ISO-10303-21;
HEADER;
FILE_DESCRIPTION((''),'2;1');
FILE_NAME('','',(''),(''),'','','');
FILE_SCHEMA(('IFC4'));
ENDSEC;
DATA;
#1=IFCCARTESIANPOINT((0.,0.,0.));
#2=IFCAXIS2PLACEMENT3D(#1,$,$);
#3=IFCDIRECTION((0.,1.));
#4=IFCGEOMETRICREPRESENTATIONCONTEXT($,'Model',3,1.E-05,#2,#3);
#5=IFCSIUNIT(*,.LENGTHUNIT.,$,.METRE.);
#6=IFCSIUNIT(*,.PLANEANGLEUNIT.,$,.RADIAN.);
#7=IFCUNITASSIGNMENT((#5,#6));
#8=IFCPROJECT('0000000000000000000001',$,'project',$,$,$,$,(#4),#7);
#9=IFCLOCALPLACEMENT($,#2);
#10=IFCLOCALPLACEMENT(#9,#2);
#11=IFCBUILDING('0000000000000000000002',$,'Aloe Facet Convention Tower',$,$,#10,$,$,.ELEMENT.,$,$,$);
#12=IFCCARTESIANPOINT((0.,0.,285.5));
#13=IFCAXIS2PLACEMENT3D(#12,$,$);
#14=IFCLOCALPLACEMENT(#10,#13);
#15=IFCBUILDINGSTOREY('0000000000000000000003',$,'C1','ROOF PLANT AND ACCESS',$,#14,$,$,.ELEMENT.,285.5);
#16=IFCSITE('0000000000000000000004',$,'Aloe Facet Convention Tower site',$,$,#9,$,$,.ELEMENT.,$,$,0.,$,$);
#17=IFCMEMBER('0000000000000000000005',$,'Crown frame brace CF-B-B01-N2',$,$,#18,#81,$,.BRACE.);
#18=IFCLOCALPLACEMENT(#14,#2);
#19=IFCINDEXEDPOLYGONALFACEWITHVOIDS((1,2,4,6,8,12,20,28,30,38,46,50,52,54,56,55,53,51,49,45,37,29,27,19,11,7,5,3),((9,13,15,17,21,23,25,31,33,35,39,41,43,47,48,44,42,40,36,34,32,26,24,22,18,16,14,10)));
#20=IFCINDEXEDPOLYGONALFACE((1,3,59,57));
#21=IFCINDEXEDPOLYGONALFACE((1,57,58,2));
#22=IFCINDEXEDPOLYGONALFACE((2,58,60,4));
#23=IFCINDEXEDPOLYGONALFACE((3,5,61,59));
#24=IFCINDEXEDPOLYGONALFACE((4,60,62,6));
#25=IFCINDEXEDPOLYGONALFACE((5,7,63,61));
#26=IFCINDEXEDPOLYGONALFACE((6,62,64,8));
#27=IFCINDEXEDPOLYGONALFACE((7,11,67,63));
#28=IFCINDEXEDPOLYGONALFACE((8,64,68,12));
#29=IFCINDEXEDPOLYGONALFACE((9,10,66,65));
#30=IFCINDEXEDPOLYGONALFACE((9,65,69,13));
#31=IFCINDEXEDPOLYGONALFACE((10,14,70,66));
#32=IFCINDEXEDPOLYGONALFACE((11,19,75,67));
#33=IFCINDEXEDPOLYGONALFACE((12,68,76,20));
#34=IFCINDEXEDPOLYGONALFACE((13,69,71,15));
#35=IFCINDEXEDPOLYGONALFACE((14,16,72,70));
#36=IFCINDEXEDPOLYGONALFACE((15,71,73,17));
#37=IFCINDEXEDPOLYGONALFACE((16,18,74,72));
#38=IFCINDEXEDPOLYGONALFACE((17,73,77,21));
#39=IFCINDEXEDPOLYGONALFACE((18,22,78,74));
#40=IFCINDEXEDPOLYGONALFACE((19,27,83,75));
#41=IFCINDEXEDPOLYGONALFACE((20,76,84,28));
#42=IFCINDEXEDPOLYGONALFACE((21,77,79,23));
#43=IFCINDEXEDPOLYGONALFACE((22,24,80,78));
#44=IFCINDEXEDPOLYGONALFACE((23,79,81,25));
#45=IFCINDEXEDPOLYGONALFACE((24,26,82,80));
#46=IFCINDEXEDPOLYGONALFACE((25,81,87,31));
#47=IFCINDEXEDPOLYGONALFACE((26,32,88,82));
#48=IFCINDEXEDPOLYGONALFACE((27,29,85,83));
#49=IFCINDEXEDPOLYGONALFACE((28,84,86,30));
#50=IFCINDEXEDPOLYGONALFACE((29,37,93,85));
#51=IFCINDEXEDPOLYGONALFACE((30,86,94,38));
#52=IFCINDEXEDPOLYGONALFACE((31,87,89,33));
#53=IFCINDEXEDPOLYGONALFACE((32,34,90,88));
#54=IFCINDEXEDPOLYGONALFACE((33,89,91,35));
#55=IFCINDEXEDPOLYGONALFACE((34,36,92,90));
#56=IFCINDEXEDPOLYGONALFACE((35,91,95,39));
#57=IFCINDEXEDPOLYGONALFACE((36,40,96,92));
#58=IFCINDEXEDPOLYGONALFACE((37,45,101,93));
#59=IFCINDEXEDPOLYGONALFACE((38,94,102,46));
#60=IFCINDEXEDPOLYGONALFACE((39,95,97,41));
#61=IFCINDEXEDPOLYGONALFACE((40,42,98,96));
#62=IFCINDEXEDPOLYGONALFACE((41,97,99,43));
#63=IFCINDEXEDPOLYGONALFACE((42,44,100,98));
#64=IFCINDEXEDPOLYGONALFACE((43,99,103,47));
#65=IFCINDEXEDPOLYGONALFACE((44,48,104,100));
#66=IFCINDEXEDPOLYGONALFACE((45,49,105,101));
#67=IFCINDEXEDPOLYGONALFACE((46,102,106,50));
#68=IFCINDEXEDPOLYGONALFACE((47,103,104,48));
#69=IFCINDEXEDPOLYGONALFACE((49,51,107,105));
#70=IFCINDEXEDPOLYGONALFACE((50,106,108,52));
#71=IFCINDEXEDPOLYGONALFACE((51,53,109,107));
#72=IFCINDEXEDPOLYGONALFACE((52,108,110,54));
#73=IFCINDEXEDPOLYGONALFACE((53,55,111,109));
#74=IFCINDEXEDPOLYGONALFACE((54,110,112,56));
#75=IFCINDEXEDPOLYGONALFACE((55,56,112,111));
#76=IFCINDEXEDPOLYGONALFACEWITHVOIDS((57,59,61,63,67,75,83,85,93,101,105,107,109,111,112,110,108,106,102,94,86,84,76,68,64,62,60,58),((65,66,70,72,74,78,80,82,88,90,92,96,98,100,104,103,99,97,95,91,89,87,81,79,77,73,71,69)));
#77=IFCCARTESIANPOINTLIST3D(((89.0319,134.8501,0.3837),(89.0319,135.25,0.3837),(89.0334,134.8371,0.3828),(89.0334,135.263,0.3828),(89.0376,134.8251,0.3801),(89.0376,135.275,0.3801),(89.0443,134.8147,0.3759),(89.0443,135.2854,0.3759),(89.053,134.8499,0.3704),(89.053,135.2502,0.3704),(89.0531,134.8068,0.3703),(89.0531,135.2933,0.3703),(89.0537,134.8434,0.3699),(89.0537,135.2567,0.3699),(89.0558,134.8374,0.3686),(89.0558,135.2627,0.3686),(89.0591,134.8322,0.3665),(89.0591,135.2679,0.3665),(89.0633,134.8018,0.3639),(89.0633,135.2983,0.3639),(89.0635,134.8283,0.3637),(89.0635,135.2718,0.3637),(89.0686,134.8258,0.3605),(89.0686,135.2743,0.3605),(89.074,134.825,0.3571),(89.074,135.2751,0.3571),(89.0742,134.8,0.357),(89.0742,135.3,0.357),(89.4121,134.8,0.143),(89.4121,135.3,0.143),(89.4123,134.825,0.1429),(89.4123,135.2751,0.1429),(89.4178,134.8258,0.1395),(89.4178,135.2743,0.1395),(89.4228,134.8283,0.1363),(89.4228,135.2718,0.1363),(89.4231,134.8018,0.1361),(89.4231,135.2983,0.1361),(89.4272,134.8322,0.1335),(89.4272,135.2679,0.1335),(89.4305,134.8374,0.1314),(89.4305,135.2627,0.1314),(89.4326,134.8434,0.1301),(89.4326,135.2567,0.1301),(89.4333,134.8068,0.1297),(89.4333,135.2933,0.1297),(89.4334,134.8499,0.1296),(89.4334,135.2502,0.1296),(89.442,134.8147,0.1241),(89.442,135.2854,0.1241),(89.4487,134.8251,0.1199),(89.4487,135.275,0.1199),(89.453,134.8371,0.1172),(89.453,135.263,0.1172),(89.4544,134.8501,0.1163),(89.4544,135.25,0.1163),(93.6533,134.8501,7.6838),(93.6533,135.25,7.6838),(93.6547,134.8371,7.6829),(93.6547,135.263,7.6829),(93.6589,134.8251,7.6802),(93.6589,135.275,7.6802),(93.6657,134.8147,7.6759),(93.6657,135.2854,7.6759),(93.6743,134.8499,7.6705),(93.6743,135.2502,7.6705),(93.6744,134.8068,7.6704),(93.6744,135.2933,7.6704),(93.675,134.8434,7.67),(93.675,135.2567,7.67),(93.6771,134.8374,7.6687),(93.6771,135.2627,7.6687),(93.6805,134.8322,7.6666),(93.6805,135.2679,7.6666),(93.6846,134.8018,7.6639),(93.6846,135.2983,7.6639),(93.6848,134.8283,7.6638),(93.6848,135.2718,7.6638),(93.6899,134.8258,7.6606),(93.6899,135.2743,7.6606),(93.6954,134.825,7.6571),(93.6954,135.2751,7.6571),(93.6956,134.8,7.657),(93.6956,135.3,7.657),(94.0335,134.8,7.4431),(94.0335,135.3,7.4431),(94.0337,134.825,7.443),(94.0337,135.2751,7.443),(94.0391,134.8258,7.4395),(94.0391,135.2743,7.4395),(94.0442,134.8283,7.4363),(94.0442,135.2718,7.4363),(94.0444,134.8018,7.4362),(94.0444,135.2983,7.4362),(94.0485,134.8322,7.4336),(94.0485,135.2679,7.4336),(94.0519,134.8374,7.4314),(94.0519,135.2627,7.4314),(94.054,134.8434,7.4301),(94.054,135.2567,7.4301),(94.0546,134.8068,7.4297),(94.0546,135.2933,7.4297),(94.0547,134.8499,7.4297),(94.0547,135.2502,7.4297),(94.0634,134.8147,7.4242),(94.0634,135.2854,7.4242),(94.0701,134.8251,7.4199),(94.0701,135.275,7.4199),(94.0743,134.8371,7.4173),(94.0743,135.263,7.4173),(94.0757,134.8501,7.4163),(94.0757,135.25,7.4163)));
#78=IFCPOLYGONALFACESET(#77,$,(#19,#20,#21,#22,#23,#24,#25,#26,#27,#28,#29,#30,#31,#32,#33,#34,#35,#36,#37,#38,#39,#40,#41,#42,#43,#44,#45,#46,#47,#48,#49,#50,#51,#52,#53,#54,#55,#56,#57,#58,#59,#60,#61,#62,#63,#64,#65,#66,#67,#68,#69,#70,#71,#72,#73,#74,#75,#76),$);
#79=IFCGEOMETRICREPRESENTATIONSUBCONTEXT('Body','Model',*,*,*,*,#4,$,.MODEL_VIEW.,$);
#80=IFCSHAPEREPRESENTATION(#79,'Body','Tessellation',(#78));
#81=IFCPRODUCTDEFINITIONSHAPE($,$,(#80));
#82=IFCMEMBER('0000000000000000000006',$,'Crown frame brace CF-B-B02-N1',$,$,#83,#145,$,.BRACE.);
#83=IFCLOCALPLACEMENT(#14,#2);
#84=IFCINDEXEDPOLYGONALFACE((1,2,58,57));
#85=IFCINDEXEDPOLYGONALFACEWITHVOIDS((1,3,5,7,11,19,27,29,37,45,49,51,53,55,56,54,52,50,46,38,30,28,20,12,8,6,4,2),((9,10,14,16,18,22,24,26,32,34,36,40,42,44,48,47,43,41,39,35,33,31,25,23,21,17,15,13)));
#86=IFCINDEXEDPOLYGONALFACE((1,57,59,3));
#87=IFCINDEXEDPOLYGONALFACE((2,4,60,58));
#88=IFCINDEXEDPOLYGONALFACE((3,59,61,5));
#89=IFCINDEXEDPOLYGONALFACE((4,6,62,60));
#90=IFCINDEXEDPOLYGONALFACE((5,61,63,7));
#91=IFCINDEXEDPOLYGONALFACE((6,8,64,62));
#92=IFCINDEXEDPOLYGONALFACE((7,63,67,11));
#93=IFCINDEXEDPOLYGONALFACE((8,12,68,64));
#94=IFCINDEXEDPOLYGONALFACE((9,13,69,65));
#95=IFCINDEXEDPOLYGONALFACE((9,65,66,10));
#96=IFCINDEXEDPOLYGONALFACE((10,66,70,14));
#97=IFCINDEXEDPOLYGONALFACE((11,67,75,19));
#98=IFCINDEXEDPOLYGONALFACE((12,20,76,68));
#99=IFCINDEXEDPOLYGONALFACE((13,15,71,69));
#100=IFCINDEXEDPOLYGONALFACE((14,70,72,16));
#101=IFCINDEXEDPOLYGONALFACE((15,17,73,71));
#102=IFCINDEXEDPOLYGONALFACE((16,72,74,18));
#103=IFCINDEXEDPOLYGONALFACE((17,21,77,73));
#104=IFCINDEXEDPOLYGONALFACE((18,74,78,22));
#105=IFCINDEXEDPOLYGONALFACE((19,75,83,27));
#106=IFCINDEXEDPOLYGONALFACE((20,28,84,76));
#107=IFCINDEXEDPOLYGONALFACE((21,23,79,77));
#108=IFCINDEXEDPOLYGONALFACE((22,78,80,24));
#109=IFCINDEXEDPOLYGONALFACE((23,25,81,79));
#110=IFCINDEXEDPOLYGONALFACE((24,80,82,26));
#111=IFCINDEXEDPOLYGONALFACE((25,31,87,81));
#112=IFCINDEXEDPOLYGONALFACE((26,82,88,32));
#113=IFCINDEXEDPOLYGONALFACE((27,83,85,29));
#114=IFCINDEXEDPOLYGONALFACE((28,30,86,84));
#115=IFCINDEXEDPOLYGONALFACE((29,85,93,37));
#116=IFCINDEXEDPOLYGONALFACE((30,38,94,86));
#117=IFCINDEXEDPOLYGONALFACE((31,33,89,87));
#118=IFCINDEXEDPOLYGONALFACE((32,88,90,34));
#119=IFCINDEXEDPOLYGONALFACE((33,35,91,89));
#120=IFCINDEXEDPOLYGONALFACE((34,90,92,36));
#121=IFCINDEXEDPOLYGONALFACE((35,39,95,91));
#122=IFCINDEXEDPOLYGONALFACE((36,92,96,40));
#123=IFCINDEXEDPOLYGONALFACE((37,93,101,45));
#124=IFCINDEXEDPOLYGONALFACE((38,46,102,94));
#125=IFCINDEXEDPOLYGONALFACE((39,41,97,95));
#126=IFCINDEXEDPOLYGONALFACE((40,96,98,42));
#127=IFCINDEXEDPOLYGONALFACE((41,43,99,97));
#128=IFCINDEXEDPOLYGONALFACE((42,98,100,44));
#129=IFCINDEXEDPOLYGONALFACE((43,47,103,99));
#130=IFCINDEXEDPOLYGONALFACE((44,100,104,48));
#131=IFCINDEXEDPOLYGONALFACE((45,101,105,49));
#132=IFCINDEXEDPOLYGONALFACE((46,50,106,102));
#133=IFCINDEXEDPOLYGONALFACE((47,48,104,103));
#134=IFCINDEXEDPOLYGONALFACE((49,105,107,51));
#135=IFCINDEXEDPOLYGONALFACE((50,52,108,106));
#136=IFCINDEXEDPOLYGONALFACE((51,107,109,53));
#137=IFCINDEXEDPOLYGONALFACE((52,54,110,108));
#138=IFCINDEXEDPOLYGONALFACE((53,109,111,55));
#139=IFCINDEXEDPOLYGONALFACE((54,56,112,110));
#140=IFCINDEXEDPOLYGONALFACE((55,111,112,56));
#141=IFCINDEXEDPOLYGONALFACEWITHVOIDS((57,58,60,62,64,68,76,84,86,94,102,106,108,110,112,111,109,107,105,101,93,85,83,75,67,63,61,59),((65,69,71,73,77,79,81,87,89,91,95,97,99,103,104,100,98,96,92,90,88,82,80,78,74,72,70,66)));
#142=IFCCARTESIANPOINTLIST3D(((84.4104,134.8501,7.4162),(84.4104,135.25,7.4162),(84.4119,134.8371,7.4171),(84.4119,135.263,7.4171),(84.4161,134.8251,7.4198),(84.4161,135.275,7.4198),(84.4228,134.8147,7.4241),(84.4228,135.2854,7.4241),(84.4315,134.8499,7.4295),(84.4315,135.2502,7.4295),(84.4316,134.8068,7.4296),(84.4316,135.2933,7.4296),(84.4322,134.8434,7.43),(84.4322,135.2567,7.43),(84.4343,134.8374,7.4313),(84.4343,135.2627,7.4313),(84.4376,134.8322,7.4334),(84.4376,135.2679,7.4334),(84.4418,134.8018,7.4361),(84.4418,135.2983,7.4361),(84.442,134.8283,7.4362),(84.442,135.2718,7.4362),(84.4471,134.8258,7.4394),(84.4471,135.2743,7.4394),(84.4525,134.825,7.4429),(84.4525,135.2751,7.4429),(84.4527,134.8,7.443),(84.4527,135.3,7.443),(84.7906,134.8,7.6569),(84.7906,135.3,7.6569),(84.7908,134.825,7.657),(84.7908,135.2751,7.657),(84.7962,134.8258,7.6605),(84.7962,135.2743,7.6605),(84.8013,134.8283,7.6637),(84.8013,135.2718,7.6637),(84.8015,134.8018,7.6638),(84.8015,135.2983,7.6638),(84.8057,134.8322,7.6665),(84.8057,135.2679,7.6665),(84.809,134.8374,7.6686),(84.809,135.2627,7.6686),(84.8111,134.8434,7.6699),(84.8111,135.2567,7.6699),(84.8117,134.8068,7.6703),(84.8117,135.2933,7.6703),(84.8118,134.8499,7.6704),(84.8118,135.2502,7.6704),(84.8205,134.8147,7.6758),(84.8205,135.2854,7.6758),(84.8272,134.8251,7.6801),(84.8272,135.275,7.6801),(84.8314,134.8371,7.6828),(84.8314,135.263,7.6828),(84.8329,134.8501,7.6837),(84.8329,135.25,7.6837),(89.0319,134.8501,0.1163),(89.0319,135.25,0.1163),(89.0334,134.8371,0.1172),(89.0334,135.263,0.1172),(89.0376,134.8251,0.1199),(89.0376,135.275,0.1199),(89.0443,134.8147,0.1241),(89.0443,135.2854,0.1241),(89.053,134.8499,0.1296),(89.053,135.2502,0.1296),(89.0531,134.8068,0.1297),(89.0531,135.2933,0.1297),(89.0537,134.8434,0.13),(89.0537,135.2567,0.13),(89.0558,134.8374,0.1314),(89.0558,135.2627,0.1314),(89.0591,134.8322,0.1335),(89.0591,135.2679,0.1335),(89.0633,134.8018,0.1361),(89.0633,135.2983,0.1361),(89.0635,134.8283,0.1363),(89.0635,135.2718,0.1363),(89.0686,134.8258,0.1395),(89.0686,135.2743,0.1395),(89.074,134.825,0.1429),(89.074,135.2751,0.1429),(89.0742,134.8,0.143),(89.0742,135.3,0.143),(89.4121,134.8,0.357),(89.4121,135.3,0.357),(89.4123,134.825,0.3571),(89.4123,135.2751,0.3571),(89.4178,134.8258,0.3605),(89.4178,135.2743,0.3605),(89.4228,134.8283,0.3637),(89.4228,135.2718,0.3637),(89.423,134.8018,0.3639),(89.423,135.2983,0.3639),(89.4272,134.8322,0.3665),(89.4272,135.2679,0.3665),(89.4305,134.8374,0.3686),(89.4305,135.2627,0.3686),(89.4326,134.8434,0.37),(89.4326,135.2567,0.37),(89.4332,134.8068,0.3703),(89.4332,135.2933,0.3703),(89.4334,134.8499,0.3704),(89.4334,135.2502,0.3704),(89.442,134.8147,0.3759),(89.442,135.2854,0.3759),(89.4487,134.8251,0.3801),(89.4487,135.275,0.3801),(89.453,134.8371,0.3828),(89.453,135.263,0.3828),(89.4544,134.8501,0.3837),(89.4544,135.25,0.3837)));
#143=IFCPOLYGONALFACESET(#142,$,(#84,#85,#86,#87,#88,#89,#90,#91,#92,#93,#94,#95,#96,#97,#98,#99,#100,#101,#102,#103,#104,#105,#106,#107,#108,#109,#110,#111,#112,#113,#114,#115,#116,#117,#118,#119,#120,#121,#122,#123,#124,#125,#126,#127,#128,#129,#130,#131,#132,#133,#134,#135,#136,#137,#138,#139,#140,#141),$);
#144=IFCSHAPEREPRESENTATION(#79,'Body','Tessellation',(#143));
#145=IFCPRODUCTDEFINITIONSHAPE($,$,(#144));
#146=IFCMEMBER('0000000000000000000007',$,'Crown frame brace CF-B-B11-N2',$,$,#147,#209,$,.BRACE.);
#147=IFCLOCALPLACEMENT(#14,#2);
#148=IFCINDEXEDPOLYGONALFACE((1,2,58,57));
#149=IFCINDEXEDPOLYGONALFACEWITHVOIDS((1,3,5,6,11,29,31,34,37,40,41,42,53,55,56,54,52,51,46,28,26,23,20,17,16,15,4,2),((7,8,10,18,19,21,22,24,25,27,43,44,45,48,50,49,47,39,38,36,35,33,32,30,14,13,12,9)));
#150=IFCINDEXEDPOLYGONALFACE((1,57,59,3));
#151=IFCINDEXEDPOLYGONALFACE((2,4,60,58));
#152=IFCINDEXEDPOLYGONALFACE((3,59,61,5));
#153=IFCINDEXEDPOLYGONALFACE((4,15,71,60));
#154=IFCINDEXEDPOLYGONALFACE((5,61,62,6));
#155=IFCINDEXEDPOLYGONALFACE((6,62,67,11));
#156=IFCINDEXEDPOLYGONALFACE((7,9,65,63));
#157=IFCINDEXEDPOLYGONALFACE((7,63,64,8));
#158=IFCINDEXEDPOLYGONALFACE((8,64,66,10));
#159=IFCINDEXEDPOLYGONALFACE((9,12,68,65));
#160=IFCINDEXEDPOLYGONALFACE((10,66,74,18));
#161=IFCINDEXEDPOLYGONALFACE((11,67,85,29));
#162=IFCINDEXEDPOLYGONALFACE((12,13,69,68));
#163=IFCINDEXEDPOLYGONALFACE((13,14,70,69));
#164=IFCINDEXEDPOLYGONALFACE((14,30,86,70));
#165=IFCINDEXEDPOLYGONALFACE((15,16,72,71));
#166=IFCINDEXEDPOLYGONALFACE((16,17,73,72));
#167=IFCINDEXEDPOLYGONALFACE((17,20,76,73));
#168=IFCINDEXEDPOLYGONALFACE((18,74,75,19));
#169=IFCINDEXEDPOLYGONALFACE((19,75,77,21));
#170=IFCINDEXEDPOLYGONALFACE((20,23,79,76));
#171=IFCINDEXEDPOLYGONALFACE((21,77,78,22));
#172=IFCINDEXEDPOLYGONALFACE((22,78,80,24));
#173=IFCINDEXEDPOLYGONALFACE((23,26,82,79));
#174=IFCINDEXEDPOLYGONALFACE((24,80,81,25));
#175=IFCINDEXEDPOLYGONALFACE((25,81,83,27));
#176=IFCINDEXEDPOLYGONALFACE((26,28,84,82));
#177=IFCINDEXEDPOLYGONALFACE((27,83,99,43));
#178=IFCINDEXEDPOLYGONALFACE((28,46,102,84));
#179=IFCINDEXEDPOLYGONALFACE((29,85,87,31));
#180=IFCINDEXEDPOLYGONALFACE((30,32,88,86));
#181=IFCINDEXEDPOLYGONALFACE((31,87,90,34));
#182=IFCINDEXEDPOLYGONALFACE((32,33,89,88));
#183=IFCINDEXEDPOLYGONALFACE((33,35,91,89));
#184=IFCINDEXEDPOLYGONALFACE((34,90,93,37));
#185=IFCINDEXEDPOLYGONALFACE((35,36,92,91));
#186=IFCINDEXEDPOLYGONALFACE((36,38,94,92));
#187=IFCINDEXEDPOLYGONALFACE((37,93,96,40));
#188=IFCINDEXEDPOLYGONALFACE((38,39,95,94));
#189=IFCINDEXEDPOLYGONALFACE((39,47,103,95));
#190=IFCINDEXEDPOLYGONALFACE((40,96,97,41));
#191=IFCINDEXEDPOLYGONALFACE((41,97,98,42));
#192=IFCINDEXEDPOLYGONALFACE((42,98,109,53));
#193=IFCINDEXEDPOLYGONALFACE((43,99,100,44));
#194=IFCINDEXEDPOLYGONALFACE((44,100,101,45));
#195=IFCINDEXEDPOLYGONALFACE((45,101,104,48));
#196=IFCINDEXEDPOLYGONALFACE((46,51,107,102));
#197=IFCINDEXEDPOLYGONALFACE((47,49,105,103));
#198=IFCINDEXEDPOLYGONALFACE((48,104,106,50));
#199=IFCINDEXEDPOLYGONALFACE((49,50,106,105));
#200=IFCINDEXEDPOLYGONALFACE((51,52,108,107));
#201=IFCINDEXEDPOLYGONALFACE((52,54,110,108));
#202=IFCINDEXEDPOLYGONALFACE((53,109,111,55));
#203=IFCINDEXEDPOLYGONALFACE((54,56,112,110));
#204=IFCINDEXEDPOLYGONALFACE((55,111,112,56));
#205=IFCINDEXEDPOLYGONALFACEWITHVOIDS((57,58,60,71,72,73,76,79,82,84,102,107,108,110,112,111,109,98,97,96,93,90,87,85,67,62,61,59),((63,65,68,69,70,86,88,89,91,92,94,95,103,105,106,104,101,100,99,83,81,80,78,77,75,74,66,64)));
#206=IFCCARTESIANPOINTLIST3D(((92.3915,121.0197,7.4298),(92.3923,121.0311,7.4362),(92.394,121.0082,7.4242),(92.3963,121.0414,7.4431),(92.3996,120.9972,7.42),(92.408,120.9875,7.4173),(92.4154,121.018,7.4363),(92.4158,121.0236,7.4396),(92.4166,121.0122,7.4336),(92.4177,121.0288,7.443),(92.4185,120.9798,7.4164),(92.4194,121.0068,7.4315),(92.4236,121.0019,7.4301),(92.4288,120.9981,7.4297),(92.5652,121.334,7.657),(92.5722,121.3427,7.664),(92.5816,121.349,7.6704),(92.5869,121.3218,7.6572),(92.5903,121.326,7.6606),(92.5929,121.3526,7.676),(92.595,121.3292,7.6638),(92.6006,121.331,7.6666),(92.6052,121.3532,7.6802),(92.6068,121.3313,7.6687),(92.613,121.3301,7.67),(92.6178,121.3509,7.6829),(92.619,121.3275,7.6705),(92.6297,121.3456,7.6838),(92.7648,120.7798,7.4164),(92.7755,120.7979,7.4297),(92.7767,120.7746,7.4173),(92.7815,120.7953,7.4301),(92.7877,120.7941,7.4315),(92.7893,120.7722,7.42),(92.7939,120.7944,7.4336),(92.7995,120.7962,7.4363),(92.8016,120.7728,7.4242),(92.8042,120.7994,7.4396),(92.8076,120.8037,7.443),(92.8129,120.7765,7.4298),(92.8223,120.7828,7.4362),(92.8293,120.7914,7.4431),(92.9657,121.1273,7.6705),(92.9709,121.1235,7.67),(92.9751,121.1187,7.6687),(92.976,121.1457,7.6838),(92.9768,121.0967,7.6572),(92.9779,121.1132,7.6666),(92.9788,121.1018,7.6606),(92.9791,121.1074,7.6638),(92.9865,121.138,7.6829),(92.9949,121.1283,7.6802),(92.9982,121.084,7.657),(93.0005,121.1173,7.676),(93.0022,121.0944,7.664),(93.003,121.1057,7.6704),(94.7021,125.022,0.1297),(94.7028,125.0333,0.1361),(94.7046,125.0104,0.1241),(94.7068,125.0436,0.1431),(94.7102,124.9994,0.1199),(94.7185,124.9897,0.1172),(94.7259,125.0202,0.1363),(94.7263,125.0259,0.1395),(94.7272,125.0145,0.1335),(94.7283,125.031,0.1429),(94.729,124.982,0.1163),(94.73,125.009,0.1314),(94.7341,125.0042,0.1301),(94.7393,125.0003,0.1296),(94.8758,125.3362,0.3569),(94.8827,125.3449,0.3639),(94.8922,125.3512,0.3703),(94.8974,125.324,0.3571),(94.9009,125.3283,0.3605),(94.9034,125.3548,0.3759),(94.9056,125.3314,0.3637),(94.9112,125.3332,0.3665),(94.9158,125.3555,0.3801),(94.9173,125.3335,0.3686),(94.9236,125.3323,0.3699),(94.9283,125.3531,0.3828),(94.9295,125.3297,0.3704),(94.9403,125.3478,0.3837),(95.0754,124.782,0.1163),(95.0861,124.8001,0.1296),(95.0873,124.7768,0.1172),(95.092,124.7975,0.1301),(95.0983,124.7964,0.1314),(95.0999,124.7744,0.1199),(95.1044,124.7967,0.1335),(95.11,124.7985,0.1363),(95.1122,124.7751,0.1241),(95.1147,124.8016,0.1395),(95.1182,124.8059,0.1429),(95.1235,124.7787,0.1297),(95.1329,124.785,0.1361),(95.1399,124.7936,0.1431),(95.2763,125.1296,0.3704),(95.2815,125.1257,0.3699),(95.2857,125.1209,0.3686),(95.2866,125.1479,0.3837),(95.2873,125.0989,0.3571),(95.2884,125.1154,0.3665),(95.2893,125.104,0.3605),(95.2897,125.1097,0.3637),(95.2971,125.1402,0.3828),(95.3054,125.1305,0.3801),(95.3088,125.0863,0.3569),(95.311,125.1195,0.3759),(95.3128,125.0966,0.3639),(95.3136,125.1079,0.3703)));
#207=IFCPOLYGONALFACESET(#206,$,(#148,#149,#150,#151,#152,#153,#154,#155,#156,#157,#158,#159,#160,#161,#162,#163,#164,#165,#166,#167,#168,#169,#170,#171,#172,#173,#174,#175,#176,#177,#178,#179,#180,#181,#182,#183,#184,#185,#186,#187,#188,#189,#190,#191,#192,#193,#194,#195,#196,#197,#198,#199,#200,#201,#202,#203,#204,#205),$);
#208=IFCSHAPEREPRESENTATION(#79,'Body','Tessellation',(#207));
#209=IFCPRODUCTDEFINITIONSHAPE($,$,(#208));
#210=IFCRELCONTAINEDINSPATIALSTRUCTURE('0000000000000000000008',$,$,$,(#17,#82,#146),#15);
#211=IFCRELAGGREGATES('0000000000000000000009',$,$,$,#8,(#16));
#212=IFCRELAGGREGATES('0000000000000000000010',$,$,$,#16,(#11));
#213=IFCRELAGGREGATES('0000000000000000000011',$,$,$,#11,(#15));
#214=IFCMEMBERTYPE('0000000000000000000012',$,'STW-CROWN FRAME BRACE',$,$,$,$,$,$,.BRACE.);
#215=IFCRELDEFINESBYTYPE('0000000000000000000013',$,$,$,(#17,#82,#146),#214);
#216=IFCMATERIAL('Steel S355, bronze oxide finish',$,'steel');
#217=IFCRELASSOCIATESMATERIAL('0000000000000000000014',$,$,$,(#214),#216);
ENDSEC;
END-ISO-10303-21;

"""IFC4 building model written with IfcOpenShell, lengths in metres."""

from ifc_helpers import new_model, si_unit, direction, frame, origin, origin_2d, place, context, subcontext, project, spatial, hollow_rectangle, extrude, material, material_profile, profile_set, type_object, element, save


model = new_model("IFC4")

# Units and contexts
model_context = context("Model", 3, precision=1e-05, world=origin(), true_north=direction((0.0, 1.0)))
body_context = subcontext(model_context, "Body", "Model", "MODEL_VIEW")
ifc_project = project(units=[si_unit("LENGTHUNIT", "METRE"), si_unit("PLANEANGLEUNIT", "RADIAN")], contexts=[model_context])

# Site, building, storey
site_placement = place(None, origin())
site = spatial("IfcSite", under=ifc_project, at=site_placement, Name="Aloe Facet Convention Tower site", CompositionType="ELEMENT", RefElevation=0.0)
building_placement = place(site_placement, origin())
building = spatial("IfcBuilding", under=site, at=building_placement, Name="Aloe Facet Convention Tower", CompositionType="ELEMENT")
storey_placement = place(building_placement, frame((0.0, 0.0, 285.5)))
storey = spatial("IfcBuildingStorey", under=building, at=storey_placement, Name="C1", Description="ROOF PLANT AND ACCESS", CompositionType="ELEMENT", Elevation=285.5)

# Members
ifc_material_1 = material(Name="Steel S355, bronze oxide finish", Category="steel")
ifc_material_profile_1 = material_profile(ifc_material_1, hollow_rectangle(XDim=0.5, YDim=0.5, WallThickness=0.0249, InnerFilletRadius=0.0249, OuterFilletRadius=0.05, at=origin_2d()), Name="SHS 500x500x25")
ifc_profile_set_1 = profile_set([ifc_material_profile_1], Name="Steel S355, bronze oxide finish")
member_type = type_object("IfcMemberType", Name="STW-CROWN FRAME BRACE", PredefinedType="BRACE", material=ifc_profile_set_1)
for number, where, z_axis, x_axis, name in (
    (1, (89.2432, 135.05, 0.25), (0.534885, 0.0, 0.844925), (0.0, 1.0, 0.0), "Crown frame brace CF-B-B01-N2"),
    (2, (89.2432, 135.05, 0.25), (-0.534905, 0.0, 0.844912), (0.0, -1.0, 0.0), "Crown frame brace CF-B-B02-N1"),
    (3, (95.0078, 125.0649, 0.25), (-0.267429, -0.463226, 0.844928), (0.866037, -0.49998, 0.0), "Crown frame brace CF-B-B11-N2"),
):
    element("IfcMember", number, at=place(storey_placement, frame(where, z_axis=z_axis, x_axis=x_axis)), inside=storey, type_object=member_type, Name=name, PredefinedType="BRACE", context=body_context, shape_type="SweptSolid", body=[
        extrude(hollow_rectangle(XDim=0.5, YDim=0.5, WallThickness=0.0249, InnerFilletRadius=0.0249, OuterFilletRadius=0.05, at=origin_2d()), origin(), (0.0, 0.0, 1.0), 8.6399),
    ])

save(model, "model.ifc")
